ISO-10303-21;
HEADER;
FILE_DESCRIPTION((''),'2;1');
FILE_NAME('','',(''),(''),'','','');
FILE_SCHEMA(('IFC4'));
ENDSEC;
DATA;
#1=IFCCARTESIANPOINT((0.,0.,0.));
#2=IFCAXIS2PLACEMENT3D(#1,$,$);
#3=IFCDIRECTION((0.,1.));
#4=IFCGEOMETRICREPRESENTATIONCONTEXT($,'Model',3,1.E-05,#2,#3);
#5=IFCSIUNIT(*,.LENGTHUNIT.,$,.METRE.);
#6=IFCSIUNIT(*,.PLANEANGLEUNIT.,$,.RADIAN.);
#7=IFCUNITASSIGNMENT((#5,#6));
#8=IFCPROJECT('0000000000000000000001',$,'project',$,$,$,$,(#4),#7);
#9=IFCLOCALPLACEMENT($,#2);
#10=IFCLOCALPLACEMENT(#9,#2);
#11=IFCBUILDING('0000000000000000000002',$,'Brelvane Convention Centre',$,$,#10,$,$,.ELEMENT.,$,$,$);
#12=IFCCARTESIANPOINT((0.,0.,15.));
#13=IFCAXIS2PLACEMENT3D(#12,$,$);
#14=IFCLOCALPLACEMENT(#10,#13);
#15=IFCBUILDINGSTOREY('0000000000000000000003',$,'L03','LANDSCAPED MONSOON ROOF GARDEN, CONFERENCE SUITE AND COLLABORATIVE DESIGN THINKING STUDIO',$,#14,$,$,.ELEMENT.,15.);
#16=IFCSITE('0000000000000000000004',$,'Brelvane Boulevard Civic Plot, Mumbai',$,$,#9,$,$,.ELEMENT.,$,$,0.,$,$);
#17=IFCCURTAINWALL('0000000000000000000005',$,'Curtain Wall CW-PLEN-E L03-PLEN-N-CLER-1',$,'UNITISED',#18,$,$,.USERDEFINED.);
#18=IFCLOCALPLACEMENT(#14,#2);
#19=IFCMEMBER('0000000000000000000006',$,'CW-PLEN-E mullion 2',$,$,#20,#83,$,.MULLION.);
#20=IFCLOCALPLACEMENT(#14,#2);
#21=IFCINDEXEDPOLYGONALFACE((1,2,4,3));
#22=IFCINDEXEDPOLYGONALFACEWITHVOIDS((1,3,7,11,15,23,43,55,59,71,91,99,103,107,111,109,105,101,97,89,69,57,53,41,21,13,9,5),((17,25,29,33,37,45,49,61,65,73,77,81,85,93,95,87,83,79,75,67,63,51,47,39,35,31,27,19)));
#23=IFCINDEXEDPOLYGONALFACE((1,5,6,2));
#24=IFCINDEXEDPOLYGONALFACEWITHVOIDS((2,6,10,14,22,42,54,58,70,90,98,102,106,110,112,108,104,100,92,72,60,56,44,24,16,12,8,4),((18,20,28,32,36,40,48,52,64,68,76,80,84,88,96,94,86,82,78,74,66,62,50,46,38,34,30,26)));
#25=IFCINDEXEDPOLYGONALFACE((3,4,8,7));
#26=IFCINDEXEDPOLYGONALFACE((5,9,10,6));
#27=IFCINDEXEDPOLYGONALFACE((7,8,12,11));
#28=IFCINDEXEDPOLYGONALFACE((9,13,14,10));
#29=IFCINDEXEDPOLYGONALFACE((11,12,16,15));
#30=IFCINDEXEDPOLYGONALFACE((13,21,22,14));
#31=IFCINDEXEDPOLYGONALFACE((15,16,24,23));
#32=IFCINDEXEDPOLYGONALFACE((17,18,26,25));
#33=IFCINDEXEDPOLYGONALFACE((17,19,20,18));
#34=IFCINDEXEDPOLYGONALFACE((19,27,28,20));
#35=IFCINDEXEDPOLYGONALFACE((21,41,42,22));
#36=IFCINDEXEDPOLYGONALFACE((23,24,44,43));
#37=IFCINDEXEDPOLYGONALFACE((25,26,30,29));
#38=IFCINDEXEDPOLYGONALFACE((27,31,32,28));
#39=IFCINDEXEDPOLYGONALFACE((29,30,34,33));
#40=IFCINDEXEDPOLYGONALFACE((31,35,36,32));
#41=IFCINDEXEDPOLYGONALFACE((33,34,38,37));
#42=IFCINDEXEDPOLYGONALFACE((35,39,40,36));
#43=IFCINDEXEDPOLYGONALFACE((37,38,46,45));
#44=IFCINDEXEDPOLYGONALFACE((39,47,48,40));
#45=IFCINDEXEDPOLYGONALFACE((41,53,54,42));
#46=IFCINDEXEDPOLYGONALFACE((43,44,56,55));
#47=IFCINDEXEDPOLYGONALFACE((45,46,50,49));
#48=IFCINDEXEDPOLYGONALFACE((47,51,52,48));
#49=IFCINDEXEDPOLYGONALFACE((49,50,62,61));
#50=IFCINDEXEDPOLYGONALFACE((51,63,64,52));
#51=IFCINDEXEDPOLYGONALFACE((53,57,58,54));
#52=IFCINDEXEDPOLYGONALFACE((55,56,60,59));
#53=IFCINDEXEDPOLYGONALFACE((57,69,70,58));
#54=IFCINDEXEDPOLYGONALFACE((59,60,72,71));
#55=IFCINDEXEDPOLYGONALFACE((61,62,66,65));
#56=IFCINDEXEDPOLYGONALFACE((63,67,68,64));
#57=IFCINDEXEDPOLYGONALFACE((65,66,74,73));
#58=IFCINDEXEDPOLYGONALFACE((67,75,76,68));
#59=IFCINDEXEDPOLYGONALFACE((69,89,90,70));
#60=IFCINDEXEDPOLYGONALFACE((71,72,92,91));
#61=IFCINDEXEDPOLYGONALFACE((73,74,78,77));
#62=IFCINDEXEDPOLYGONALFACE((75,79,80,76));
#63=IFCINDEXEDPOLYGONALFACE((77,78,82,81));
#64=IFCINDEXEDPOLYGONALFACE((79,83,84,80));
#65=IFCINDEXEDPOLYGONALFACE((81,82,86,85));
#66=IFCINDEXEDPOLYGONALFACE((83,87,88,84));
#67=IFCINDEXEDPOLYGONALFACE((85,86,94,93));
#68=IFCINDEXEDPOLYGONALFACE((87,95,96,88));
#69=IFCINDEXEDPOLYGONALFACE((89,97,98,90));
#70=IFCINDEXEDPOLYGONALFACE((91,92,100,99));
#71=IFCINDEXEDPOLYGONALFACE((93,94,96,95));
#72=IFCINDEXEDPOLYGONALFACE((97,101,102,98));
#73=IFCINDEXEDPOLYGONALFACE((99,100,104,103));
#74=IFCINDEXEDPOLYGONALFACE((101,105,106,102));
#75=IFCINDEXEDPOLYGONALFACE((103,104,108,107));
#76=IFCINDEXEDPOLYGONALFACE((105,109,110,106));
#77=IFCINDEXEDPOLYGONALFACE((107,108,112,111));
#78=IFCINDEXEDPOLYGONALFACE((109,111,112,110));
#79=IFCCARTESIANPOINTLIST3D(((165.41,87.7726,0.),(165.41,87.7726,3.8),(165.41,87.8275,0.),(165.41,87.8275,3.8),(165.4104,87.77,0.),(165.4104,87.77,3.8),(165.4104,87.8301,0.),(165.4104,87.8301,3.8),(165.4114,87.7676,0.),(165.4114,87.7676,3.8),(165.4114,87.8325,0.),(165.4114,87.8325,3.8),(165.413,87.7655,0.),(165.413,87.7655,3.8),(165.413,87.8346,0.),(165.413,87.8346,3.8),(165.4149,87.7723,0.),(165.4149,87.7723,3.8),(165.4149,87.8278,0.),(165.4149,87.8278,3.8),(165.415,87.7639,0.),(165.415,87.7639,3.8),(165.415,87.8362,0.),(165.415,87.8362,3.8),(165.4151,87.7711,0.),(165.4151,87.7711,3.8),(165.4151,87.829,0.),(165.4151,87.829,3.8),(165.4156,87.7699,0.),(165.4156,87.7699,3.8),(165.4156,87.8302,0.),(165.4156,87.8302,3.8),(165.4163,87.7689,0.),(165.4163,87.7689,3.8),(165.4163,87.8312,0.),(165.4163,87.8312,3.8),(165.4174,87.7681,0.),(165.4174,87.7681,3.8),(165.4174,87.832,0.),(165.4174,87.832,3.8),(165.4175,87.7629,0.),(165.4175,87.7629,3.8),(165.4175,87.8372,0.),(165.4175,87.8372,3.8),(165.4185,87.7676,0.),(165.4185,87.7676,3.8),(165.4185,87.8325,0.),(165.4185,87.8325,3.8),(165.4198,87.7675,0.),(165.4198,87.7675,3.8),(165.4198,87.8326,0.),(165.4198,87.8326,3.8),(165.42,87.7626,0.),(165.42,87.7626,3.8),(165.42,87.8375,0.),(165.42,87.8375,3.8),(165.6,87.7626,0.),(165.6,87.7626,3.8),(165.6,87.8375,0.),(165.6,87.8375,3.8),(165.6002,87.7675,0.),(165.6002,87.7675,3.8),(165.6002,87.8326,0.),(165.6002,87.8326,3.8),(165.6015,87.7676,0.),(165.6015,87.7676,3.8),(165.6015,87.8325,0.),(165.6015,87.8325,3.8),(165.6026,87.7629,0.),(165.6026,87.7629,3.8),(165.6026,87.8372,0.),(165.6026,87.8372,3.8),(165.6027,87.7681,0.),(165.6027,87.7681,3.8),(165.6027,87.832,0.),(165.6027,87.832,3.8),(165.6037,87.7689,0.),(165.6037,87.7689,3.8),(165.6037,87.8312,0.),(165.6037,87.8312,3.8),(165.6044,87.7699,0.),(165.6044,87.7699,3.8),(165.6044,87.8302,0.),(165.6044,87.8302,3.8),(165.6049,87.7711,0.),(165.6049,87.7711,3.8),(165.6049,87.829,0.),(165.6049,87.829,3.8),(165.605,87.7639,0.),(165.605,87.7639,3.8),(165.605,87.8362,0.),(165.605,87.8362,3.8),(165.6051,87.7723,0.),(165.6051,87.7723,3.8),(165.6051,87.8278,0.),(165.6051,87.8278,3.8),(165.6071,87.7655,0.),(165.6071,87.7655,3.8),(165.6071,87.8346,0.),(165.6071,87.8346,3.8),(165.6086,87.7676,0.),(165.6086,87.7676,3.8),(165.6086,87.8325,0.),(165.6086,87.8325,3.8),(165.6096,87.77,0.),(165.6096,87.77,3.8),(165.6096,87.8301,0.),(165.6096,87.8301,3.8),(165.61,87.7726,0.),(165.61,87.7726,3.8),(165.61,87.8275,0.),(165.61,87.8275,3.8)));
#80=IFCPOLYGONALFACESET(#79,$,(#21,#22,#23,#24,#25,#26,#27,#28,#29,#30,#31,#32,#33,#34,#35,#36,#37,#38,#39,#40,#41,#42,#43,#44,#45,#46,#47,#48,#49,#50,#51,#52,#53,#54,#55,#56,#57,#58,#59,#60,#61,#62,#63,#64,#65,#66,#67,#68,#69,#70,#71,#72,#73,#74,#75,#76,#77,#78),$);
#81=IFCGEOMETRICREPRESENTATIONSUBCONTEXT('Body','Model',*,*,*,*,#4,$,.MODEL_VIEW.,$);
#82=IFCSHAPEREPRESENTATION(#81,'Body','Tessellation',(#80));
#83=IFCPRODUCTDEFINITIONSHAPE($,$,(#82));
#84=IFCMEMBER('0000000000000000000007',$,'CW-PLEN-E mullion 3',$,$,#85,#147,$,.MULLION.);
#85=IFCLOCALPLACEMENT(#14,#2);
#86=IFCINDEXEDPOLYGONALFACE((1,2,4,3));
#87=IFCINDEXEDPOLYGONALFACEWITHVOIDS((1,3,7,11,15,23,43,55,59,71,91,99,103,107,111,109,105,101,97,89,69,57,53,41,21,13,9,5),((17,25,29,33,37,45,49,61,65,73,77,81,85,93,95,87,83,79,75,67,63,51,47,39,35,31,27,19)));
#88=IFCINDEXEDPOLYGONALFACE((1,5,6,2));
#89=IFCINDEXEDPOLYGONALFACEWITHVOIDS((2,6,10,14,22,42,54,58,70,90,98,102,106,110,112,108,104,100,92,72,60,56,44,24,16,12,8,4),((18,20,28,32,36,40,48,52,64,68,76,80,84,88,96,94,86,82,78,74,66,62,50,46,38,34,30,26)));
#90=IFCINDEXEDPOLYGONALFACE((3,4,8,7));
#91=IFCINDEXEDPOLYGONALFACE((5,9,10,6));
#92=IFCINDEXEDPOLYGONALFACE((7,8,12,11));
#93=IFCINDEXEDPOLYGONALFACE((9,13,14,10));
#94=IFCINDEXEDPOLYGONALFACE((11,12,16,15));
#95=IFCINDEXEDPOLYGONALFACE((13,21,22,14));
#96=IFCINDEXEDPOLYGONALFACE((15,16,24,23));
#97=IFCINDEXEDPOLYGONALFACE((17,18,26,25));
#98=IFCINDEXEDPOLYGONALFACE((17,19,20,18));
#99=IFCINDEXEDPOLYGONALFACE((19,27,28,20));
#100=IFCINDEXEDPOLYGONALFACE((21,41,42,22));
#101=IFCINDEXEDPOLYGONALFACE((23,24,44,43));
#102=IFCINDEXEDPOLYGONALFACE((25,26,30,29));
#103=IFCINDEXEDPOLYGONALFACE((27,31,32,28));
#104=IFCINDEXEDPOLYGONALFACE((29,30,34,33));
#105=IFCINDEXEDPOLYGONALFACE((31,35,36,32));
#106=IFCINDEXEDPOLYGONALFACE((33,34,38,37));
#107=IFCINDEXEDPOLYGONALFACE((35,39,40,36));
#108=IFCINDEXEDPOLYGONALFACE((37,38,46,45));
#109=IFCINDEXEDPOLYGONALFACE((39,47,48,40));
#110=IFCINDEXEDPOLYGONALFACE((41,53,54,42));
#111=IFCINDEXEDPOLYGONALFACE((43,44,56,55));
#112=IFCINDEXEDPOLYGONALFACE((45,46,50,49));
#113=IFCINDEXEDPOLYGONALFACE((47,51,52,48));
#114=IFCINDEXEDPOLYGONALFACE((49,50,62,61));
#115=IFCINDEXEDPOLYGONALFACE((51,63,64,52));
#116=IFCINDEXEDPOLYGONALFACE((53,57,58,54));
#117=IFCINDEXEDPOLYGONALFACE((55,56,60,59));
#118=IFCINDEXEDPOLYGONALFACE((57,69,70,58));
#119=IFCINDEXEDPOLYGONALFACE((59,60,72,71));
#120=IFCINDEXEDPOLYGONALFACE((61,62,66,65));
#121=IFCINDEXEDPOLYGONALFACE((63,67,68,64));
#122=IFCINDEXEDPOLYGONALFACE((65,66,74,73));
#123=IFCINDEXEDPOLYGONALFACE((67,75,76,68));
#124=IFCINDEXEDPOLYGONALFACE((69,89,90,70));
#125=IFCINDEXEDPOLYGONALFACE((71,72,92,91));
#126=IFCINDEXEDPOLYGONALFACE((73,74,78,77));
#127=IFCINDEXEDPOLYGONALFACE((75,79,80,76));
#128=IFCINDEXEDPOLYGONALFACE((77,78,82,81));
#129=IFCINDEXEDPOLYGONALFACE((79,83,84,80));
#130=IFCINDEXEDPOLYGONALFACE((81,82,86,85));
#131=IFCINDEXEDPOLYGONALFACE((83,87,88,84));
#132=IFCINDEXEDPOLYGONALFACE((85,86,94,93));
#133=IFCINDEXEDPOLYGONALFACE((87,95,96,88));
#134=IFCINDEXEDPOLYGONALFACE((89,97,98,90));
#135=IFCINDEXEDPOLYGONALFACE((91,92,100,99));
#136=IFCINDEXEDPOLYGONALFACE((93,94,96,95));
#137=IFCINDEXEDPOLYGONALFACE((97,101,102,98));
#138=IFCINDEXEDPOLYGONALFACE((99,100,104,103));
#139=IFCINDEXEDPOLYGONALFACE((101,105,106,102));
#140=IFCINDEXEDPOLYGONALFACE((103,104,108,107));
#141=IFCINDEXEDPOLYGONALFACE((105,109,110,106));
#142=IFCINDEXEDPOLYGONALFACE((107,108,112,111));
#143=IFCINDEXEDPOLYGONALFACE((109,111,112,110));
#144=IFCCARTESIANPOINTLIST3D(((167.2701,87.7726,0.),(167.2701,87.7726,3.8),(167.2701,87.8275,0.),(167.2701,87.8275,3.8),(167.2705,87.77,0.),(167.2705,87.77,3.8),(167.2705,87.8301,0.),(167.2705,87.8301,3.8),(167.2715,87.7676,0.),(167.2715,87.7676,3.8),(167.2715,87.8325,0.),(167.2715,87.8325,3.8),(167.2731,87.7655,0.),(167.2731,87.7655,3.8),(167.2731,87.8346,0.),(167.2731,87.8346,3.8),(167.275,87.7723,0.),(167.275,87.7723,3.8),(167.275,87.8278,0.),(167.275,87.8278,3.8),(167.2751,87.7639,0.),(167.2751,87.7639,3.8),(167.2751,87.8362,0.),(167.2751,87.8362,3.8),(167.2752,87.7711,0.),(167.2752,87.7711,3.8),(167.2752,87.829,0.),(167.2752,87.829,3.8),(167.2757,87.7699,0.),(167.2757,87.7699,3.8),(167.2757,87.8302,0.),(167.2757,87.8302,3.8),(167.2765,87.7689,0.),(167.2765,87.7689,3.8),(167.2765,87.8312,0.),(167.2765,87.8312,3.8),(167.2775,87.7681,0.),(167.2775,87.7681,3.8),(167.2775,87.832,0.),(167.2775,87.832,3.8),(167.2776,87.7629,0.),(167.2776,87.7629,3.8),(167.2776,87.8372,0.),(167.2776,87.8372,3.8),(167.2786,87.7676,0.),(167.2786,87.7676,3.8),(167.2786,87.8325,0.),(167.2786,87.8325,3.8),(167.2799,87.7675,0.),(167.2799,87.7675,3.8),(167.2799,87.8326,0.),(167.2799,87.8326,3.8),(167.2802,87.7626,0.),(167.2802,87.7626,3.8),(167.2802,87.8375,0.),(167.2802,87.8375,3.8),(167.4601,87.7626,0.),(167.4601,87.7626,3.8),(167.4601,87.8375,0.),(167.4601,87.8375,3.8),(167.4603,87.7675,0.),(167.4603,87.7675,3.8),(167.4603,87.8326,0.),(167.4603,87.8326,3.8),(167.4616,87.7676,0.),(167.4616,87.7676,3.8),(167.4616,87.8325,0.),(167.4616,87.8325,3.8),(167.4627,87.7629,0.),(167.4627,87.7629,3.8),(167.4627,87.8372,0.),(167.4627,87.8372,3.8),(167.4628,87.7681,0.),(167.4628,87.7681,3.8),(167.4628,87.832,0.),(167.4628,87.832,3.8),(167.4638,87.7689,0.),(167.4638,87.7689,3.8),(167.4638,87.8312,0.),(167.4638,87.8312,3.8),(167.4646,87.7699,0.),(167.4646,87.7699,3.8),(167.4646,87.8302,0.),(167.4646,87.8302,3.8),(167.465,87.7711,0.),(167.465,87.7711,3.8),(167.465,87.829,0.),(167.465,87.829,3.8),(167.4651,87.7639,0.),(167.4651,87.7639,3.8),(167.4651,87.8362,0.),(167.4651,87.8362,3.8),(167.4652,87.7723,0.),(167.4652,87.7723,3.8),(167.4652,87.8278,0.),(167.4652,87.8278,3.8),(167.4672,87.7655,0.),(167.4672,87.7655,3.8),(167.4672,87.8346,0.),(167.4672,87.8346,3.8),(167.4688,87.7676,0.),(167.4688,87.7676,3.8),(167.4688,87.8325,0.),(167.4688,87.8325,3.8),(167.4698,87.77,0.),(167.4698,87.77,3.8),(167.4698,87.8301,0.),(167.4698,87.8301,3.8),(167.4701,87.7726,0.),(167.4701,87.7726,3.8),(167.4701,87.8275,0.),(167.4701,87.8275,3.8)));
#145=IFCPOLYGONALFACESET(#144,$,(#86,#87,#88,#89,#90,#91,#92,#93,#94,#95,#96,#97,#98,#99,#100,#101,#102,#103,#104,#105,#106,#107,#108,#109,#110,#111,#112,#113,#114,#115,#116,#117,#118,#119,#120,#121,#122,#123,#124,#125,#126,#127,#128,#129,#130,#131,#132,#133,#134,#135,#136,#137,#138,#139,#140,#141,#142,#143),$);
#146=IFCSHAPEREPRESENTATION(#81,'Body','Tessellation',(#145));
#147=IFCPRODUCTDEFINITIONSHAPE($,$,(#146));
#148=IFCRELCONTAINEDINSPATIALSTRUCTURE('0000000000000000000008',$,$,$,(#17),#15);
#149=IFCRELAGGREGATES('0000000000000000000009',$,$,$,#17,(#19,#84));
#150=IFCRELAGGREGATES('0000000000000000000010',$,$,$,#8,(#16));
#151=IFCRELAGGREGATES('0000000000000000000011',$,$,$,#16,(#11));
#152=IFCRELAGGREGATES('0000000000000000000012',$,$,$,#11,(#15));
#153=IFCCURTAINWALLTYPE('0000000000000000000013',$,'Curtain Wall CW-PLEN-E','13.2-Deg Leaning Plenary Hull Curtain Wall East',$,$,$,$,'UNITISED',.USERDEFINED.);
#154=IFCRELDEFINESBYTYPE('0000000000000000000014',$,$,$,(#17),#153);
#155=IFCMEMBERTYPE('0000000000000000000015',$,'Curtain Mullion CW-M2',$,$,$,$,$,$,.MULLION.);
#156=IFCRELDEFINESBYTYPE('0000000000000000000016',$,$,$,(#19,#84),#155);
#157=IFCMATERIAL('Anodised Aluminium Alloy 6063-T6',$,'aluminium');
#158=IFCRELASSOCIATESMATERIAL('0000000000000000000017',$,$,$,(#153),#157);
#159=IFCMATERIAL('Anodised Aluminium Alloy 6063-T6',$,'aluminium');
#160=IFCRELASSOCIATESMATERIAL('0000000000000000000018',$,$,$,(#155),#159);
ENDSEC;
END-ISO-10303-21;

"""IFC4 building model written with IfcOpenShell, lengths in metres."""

from ifc_helpers import new_model, si_unit, direction, frame, origin, origin_2d, place, context, subcontext, project, spatial, hollow_rectangle, extrude, material, material_profile, profile_set, type_object, element, aggregate, save


model = new_model("IFC4")

# Units and contexts
model_context = context("Model", 3, precision=1e-05, world=origin(), true_north=direction((0.0, 1.0)))
body_context = subcontext(model_context, "Body", "Model", "MODEL_VIEW")
ifc_project = project(units=[si_unit("LENGTHUNIT", "METRE"), si_unit("PLANEANGLEUNIT", "RADIAN")], contexts=[model_context])

# Site, building, storey
site_placement = place(None, origin())
site = spatial("IfcSite", under=ifc_project, at=site_placement, Name="Brelvane Boulevard Civic Plot, Mumbai", CompositionType="ELEMENT", RefElevation=0.0)
building_placement = place(site_placement, origin())
building = spatial("IfcBuilding", under=site, at=building_placement, Name="Brelvane Convention Centre", CompositionType="ELEMENT")
storey_placement = place(building_placement, frame((0.0, 0.0, 15.0)))
storey = spatial("IfcBuildingStorey", under=building, at=storey_placement, Name="L03", Description="LANDSCAPED MONSOON ROOF GARDEN, CONFERENCE SUITE AND COLLABORATIVE DESIGN THINKING STUDIO", CompositionType="ELEMENT", Elevation=15.0)

# Curtain wall, members
ifc_material_1 = material(Name="Anodised Aluminium Alloy 6063-T6", Category="aluminium")
curtain_wall_type = type_object("IfcCurtainWallType", Name="Curtain Wall CW-PLEN-E", Description="13.2-Deg Leaning Plenary Hull Curtain Wall East", ElementType="UNITISED", PredefinedType="USERDEFINED", material=ifc_material_1)
curtain_wall_placement = place(storey_placement, origin())
curtain_wall = element("IfcCurtainWall", 1, at=curtain_wall_placement, inside=storey, type_object=curtain_wall_type, Name="Curtain Wall CW-PLEN-E L03-PLEN-N-CLER-1", ObjectType="UNITISED", PredefinedType="USERDEFINED")
ifc_material_2 = material(Name="Anodised Aluminium Alloy 6063-T6", Category="aluminium")
ifc_material_profile_1 = material_profile(ifc_material_2, hollow_rectangle(XDim=0.075, YDim=0.2, WallThickness=0.0049, InnerFilletRadius=0.0049, OuterFilletRadius=0.01, at=origin_2d()), Name="ALU-M 200x75x5.0")
ifc_profile_set_1 = profile_set([ifc_material_profile_1], Name="Anodised Aluminium Alloy 6063-T6")
member_type_1 = type_object("IfcMemberType", Name="Curtain Mullion CW-M2", PredefinedType="MULLION", material=ifc_profile_set_1)
member_1_placement = place(storey_placement, frame((165.51, 87.8, 0.0), z_axis=(0.0, 0.0, 1.0), x_axis=(0.0, 1.0, 0.0)))
member_1 = element("IfcMember", 2, at=member_1_placement, type_object=member_type_1, Name="CW-PLEN-E mullion 2", PredefinedType="MULLION", context=body_context, shape_type="SweptSolid", body=[
    extrude(hollow_rectangle(XDim=0.075, YDim=0.2, WallThickness=0.0049, InnerFilletRadius=0.0049, OuterFilletRadius=0.01, at=origin_2d()), origin(), (0.0, 0.0, 1.0), 3.8),
])
member_2_placement = place(storey_placement, frame((167.3701, 87.8, 0.0), z_axis=(0.0, 0.0, 1.0), x_axis=(0.0, 1.0, 0.0)))
member_2 = element("IfcMember", 3, at=member_2_placement, type_object=member_type_1, Name="CW-PLEN-E mullion 3", PredefinedType="MULLION", context=body_context, shape_type="SweptSolid", body=[
    extrude(hollow_rectangle(XDim=0.075, YDim=0.2, WallThickness=0.0049, InnerFilletRadius=0.0049, OuterFilletRadius=0.01, at=origin_2d()), origin(), (0.0, 0.0, 1.0), 3.8),
])

aggregate(curtain_wall, [member_1, member_2])

save(model, "model.ifc")
